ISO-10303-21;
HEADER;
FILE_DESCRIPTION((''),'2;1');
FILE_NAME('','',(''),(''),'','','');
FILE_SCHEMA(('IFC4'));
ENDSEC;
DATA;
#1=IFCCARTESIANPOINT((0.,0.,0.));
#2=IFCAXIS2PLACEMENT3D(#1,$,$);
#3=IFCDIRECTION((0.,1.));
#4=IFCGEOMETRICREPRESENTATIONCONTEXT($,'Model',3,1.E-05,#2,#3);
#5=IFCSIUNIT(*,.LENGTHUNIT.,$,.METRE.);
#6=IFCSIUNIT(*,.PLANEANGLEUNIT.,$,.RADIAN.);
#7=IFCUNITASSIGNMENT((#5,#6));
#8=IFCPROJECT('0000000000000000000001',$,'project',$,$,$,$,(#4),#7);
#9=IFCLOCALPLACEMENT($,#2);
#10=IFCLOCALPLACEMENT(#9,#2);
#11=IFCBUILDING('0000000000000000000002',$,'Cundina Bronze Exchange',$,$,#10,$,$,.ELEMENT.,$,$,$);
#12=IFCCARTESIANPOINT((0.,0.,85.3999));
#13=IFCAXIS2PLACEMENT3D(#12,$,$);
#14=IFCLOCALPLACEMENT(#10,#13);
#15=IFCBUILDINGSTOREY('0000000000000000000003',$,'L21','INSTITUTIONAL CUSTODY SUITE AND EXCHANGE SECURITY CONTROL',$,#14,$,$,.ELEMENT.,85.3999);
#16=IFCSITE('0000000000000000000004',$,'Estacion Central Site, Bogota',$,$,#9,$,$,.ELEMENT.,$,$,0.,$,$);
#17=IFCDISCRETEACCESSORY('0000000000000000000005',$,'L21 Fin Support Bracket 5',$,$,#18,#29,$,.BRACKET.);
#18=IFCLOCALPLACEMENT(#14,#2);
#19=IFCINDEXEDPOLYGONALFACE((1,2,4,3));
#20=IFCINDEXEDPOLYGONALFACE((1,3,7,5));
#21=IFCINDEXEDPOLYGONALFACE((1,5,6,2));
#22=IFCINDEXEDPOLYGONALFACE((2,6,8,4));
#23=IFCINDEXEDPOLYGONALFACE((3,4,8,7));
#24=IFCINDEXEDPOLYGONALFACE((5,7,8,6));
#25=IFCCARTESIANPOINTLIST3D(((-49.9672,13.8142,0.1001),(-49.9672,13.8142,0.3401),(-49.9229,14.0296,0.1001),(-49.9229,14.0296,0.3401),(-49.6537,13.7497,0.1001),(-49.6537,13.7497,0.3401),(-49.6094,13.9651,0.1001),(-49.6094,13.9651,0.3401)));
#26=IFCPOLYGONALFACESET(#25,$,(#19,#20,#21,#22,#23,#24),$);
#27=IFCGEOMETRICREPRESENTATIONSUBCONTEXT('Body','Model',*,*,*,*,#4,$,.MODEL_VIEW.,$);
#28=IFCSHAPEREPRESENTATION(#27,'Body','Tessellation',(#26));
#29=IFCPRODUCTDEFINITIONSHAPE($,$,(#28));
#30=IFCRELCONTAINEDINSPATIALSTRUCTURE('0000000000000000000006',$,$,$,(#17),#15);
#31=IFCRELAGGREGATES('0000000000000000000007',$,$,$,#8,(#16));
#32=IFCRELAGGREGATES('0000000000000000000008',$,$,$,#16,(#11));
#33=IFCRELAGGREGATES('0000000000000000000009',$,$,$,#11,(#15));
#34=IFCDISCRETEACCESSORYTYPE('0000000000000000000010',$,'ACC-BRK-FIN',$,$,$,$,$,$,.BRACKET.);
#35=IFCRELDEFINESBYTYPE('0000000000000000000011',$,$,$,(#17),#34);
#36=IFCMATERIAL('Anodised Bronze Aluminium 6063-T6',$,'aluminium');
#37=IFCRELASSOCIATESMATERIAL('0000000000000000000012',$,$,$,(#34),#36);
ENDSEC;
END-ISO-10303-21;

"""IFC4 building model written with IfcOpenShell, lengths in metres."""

from ifc_helpers import new_model, si_unit, direction, frame, origin, origin_2d, place, context, subcontext, project, spatial, rectangle, extrude, material, type_object, element, save


model = new_model("IFC4")

# Units and contexts
model_context = context("Model", 3, precision=1e-05, world=origin(), true_north=direction((0.0, 1.0)))
body_context = subcontext(model_context, "Body", "Model", "MODEL_VIEW")
ifc_project = project(units=[si_unit("LENGTHUNIT", "METRE"), si_unit("PLANEANGLEUNIT", "RADIAN")], contexts=[model_context])

# Site, building, storey
site_placement = place(None, origin())
site = spatial("IfcSite", under=ifc_project, at=site_placement, Name="Estacion Central Site, Bogota", CompositionType="ELEMENT", RefElevation=0.0)
building_placement = place(site_placement, origin())
building = spatial("IfcBuilding", under=site, at=building_placement, Name="Cundina Bronze Exchange", CompositionType="ELEMENT")
storey_placement = place(building_placement, frame((0.0, 0.0, 85.3999)))
storey = spatial("IfcBuildingStorey", under=building, at=storey_placement, Name="L21", Description="INSTITUTIONAL CUSTODY SUITE AND EXCHANGE SECURITY CONTROL", CompositionType="ELEMENT", Elevation=85.3999)

# Shared definitions
ifc_material_1 = material(Name="Anodised Bronze Aluminium 6063-T6", Category="aluminium")

# Discrete accessory
discrete_accessory_type = type_object("IfcDiscreteAccessoryType", Name="ACC-BRK-FIN", PredefinedType="BRACKET", material=ifc_material_1)
discrete_accessory_placement = place(storey_placement, frame((-49.7883, 13.8896, 0.1001), z_axis=(0.0, 0.0, 1.0), x_axis=(-0.20142, -0.979505, 0.0)))
element("IfcDiscreteAccessory", 1, at=discrete_accessory_placement, inside=storey, type_object=discrete_accessory_type, Name="L21 Fin Support Bracket 5", PredefinedType="BRACKET", context=body_context, shape_type="SweptSolid", body=[
    extrude(rectangle(XDim=0.22, YDim=0.3201, at=origin_2d()), origin(), (0.0, 0.0, 1.0), 0.24),
])

save(model, "model.ifc")
